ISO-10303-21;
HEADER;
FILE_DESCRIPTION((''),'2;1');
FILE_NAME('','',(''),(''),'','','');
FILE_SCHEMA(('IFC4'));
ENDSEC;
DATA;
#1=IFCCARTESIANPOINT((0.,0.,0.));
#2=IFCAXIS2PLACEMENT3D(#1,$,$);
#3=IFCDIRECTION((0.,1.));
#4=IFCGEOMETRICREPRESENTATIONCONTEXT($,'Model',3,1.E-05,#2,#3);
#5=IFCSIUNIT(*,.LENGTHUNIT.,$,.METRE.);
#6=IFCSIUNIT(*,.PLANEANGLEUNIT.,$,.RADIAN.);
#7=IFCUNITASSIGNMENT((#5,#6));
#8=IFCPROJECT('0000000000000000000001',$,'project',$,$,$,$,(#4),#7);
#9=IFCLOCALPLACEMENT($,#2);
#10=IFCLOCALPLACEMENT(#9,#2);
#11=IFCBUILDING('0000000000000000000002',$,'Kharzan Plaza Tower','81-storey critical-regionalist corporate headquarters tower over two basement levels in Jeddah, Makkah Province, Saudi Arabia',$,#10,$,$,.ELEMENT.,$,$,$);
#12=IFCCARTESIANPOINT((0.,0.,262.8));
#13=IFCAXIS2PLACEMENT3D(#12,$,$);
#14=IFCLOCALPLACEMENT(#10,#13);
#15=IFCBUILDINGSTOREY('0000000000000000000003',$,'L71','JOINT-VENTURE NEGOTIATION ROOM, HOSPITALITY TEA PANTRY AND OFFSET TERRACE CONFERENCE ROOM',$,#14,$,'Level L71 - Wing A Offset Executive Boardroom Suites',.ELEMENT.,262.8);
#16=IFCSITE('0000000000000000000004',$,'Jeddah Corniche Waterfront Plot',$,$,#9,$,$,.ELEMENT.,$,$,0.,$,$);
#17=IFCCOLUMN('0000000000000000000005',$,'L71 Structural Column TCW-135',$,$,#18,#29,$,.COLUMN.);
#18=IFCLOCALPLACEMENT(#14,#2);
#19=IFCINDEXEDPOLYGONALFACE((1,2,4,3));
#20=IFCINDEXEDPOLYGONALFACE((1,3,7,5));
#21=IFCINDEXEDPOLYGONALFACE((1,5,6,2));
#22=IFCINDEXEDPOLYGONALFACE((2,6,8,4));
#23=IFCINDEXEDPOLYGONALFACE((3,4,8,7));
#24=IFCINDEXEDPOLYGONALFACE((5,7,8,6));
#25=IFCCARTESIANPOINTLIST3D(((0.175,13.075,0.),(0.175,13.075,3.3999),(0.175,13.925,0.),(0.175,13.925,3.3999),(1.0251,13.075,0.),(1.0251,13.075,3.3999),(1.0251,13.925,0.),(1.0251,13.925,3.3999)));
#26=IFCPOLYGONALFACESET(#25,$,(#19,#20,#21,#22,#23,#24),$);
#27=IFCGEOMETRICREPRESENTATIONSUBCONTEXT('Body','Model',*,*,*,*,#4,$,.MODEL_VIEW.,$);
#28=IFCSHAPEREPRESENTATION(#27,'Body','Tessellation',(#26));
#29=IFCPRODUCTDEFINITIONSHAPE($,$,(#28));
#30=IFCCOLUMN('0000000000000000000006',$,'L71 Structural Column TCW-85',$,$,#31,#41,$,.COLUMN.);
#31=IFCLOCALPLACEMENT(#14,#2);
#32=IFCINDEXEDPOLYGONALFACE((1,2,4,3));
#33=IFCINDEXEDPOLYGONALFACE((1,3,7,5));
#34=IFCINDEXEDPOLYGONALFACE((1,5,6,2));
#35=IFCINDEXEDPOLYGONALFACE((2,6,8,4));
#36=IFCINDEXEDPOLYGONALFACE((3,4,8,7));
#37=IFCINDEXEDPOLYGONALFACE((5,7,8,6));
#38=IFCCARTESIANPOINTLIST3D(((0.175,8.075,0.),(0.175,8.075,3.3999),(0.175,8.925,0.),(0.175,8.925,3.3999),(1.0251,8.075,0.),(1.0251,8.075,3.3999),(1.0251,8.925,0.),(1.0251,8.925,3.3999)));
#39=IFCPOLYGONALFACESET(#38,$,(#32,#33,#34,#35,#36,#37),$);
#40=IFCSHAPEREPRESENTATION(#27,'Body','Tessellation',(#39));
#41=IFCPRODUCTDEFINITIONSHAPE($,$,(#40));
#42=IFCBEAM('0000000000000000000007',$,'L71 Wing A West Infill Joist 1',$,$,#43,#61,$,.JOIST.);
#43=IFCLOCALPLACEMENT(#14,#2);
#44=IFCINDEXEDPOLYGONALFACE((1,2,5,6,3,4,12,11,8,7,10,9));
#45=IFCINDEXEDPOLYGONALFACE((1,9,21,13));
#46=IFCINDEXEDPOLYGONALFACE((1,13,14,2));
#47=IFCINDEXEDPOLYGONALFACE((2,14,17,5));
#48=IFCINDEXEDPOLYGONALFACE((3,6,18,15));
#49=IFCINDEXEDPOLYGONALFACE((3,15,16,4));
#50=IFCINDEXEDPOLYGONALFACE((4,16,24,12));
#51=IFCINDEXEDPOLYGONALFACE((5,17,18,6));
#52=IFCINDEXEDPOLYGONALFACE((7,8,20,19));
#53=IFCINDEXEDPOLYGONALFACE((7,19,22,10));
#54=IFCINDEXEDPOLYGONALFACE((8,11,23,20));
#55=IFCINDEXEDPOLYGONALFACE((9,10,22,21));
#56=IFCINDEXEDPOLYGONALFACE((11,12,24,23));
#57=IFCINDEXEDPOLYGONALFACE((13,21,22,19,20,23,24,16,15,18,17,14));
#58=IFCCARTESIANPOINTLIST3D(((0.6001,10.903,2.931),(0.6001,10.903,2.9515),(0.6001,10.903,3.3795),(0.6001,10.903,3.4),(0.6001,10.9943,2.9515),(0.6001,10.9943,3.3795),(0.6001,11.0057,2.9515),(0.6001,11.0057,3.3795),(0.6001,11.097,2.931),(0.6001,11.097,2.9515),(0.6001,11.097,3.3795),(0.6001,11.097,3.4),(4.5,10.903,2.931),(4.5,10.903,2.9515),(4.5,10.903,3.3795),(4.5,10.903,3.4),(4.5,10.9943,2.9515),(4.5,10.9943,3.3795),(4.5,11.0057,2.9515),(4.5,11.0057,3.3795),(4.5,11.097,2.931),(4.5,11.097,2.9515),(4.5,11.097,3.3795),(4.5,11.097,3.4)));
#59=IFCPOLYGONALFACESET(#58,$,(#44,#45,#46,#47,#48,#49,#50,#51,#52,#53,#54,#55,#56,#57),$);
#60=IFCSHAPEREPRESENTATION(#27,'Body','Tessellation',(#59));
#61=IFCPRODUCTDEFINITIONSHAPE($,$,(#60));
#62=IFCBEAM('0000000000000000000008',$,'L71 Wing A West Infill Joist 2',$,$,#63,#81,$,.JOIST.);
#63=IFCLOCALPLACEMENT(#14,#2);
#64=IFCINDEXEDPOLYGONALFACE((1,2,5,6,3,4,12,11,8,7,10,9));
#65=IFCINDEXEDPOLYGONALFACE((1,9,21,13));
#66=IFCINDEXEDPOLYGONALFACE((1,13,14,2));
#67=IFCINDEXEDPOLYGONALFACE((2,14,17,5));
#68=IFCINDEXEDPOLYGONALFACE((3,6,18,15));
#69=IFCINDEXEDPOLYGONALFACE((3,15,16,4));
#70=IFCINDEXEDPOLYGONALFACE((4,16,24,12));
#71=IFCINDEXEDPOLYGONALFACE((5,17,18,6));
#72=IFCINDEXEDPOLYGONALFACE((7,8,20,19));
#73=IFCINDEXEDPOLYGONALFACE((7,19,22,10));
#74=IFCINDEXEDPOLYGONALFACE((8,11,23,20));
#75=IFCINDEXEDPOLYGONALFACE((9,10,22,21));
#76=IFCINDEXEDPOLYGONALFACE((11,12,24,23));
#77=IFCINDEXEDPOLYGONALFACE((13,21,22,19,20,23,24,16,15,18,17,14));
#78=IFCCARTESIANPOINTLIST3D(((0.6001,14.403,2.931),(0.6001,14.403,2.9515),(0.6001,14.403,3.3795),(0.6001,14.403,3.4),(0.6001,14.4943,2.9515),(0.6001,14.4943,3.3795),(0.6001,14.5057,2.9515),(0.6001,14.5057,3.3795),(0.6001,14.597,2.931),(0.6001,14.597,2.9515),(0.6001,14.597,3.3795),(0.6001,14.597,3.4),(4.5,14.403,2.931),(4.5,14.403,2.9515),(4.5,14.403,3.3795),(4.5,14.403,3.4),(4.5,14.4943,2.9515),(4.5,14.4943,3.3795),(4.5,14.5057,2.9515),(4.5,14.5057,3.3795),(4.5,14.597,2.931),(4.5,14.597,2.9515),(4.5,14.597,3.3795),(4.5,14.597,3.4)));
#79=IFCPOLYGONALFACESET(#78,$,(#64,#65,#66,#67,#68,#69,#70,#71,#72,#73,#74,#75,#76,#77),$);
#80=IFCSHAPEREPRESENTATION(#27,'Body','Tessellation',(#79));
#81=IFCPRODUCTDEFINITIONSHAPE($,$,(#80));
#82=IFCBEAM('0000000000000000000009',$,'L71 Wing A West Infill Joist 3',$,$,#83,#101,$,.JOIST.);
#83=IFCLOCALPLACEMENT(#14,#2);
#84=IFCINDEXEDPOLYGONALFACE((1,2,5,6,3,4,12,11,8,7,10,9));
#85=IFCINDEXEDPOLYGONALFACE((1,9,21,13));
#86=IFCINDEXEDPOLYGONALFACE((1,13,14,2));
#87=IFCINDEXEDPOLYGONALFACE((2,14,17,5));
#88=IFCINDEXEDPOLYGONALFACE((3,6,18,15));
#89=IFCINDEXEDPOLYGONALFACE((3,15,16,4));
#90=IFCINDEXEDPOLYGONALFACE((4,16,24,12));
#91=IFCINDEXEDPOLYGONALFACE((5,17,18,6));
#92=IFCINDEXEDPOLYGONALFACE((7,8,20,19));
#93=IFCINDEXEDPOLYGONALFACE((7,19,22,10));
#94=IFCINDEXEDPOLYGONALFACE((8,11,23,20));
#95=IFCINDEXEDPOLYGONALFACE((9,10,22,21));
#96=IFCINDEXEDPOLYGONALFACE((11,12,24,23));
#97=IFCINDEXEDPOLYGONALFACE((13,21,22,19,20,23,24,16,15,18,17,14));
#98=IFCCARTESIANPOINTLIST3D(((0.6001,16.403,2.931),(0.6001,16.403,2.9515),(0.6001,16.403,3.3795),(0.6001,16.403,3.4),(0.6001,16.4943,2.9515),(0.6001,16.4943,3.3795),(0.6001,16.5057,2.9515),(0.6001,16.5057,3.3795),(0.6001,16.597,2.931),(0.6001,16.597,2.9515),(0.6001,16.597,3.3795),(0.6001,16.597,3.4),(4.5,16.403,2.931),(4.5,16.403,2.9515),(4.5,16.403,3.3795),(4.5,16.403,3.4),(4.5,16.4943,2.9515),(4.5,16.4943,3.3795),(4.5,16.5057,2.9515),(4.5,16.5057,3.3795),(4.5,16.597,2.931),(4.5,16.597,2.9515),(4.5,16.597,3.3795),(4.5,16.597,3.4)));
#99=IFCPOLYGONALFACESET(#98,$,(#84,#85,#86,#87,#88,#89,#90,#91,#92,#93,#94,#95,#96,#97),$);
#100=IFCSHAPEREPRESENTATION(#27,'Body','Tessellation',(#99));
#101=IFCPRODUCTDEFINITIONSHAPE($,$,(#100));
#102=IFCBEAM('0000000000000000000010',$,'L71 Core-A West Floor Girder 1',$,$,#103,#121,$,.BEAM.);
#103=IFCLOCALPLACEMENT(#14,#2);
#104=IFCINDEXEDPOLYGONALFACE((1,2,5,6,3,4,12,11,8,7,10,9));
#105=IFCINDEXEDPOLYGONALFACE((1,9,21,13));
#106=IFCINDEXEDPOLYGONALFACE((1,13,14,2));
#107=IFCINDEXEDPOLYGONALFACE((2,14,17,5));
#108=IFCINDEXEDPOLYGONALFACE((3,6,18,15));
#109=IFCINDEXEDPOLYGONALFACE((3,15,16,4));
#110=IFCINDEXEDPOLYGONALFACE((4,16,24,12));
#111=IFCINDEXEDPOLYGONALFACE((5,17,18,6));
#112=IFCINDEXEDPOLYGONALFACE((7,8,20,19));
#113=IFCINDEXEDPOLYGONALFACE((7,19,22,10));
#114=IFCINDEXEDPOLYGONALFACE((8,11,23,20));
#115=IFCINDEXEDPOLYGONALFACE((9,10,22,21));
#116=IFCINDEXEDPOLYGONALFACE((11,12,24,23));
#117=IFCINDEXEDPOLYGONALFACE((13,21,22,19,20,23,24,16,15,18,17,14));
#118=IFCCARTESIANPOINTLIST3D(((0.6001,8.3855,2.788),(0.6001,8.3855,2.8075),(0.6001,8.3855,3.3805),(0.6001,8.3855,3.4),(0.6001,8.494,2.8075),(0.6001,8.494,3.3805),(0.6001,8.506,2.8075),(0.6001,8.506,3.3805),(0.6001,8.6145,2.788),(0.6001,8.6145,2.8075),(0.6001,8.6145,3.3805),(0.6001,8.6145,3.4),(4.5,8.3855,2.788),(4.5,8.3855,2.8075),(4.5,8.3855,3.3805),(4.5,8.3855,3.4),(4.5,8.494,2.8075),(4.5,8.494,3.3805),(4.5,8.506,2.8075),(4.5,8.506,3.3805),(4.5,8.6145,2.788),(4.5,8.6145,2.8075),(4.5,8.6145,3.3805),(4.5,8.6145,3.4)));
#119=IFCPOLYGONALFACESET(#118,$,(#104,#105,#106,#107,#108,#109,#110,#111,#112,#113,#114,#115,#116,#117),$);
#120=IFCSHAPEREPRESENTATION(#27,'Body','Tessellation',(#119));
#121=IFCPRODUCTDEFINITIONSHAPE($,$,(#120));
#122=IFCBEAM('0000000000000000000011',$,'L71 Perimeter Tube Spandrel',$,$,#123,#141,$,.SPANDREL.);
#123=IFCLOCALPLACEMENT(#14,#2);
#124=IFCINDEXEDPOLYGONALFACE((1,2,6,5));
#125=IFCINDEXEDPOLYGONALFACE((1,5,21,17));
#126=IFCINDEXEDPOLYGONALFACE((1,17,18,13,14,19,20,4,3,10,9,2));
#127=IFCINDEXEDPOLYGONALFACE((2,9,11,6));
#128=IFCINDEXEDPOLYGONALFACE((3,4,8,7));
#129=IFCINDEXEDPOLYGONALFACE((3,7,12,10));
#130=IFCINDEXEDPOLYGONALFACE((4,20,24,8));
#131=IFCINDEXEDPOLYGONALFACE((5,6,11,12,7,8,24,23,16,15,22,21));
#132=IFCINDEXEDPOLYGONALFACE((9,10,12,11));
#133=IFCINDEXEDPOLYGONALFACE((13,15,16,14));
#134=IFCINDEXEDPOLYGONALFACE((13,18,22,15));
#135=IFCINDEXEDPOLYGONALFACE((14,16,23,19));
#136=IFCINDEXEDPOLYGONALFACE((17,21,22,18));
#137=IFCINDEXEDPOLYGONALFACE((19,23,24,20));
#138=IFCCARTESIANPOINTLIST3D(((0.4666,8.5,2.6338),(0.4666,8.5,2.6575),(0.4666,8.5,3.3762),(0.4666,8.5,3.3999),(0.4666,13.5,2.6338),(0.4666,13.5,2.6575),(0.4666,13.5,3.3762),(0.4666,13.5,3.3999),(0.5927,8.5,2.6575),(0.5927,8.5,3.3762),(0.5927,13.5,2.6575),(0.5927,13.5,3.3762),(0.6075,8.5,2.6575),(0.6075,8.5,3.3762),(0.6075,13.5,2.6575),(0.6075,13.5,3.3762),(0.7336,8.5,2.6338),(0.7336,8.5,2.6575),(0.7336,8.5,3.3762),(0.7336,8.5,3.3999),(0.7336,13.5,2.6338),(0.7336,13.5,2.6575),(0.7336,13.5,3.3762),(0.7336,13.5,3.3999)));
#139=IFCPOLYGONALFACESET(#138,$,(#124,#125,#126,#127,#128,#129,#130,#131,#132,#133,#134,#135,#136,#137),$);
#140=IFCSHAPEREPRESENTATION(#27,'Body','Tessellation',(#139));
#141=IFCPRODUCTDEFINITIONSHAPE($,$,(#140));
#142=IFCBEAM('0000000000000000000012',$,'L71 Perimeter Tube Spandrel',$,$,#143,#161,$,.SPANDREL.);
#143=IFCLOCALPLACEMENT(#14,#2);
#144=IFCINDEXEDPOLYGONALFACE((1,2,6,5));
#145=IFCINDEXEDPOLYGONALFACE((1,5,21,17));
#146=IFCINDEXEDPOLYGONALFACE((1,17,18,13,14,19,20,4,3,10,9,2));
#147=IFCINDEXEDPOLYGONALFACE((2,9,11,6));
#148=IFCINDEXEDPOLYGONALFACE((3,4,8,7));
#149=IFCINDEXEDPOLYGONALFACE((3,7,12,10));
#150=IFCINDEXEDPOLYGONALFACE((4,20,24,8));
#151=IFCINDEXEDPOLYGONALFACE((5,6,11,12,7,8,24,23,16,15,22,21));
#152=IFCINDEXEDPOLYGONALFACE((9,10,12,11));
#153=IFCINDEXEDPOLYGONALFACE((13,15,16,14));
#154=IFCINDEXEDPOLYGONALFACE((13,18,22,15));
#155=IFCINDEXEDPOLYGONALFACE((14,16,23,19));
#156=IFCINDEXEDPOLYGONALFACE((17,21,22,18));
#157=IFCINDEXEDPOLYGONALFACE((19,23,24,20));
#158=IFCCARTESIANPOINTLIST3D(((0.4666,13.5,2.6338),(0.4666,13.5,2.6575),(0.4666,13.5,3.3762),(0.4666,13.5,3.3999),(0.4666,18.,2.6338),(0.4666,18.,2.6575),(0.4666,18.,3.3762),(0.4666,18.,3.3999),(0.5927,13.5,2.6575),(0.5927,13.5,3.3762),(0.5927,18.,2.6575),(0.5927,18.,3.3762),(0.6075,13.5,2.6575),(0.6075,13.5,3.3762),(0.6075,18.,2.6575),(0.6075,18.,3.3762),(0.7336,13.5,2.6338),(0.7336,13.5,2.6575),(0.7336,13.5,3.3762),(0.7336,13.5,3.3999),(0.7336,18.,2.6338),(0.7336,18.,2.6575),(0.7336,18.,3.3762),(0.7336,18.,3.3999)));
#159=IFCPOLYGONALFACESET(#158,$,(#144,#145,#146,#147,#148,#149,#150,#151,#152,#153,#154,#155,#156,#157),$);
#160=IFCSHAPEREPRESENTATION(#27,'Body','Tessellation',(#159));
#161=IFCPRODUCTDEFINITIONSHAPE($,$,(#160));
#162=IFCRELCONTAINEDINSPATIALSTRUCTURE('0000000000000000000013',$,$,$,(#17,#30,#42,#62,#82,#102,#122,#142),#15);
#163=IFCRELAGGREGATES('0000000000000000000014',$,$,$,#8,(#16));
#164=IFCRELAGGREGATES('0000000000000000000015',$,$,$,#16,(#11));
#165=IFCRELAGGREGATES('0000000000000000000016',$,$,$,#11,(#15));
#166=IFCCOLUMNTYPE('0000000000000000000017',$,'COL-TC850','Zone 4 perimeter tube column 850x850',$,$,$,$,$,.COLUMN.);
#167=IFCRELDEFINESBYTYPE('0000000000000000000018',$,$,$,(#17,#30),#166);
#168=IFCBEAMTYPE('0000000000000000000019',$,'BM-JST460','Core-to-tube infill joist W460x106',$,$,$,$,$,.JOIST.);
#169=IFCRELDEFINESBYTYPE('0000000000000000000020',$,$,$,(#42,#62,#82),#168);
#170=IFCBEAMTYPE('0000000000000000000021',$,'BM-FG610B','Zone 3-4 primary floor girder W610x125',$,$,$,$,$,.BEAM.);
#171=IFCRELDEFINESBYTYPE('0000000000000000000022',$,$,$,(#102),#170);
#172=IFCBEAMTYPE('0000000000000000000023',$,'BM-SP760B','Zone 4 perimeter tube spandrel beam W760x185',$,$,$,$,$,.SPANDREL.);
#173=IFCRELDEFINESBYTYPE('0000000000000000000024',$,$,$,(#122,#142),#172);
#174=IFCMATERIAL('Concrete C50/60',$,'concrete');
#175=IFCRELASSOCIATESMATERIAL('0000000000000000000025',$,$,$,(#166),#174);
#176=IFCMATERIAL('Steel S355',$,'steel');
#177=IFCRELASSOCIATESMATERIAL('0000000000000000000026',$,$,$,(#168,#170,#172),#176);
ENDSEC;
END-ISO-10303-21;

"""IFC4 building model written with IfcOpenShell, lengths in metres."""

from ifc_helpers import new_model, si_unit, direction, frame, origin, origin_2d, place, context, subcontext, project, spatial, rectangle, i_section, extrude, source, transform, mapped, material, material_profile, profile_set, type_object, element, save


model = new_model("IFC4")

# Units and contexts
model_context = context("Model", 3, precision=1e-05, world=origin(), true_north=direction((0.0, 1.0)))
body_context = subcontext(model_context, "Body", "Model", "MODEL_VIEW")
ifc_project = project(units=[si_unit("LENGTHUNIT", "METRE"), si_unit("PLANEANGLEUNIT", "RADIAN")], contexts=[model_context])

# Site, building, storey
site_placement = place(None, origin())
site = spatial("IfcSite", under=ifc_project, at=site_placement, Name="Jeddah Corniche Waterfront Plot", CompositionType="ELEMENT", RefElevation=0.0)
building_placement = place(site_placement, origin())
building = spatial("IfcBuilding", under=site, at=building_placement, Name="Kharzan Plaza Tower", Description="81-storey critical-regionalist corporate headquarters tower over two basement levels in Jeddah, Makkah Province, Saudi Arabia", CompositionType="ELEMENT")
storey_placement = place(building_placement, frame((0.0, 0.0, 262.8)))
storey = spatial("IfcBuildingStorey", under=building, at=storey_placement, Name="L71", Description="JOINT-VENTURE NEGOTIATION ROOM, HOSPITALITY TEA PANTRY AND OFFSET TERRACE CONFERENCE ROOM", LongName="Level L71 - Wing A Offset Executive Boardroom Suites", CompositionType="ELEMENT", Elevation=262.8)

# Columns
ifc_material_1 = material(Name="Concrete C50/60", Category="concrete")
ifc_material_profile_1 = material_profile(ifc_material_1, rectangle(XDim=0.8501, YDim=0.8501, at=origin_2d()), Name="RC-TC850x850")
ifc_profile_set_1 = profile_set([ifc_material_profile_1], Name="Concrete C50/60")
column_type = type_object("IfcColumnType", Name="COL-TC850", Description="Zone 4 perimeter tube column 850x850", PredefinedType="COLUMN", material=ifc_profile_set_1)
shared_shape_1 = source(origin(), body_context, "Body", "SweptSolid", [
    extrude(rectangle(XDim=0.8501, YDim=0.8501, at=origin_2d()), origin(), (0.0, 0.0, 1.0), 3.3999),
])
for number, where, z_axis, x_axis, name in (
    (1, (0.6001, 13.5, 0.0), (0.0, 0.0, 1.0), (1.0, 0.0, 0.0), "L71 Structural Column TCW-135"),
    (2, (0.6001, 8.5, 0.0), (0.0, 0.0, 1.0), (1.0, 0.0, 0.0), "L71 Structural Column TCW-85"),
):
    element("IfcColumn", number, at=place(storey_placement, frame(where, z_axis=z_axis, x_axis=x_axis)), inside=storey, type_object=column_type, Name=name, PredefinedType="COLUMN", context=body_context, shape_type="MappedRepresentation", body=[
        mapped(shared_shape_1, transform((0.0, 0.0, 0.0), x_axis=(1.0, 0.0, 0.0), y_axis=(0.0, 1.0, 0.0), z_axis=(0.0, 0.0, 1.0))),
    ])

# Beams
ifc_material_2 = material(Name="Steel S355", Category="steel")
ifc_material_profile_2 = material_profile(ifc_material_2, i_section(OverallWidth=0.1941, OverallDepth=0.469, WebThickness=0.0115, FlangeThickness=0.0205, at=origin_2d()), Name="W460x106")
ifc_profile_set_2 = profile_set([ifc_material_profile_2], Name="Steel S355")
beam_type_1 = type_object("IfcBeamType", Name="BM-JST460", Description="Core-to-tube infill joist W460x106", PredefinedType="JOIST", material=ifc_profile_set_2)
shared_shape_2 = source(origin(), body_context, "Body", "SweptSolid", [
    extrude(i_section(OverallWidth=0.1941, OverallDepth=0.469, WebThickness=0.0115, FlangeThickness=0.0205, at=origin_2d()), origin(), (0.0, 0.0, 1.0), 3.8999),
])
for number, where, z_axis, x_axis, name in (
    (3, (0.6001, 11.0, 3.1655), (1.0, 0.0, 0.0), (0.0, 1.0, 0.0), "L71 Wing A West Infill Joist 1"),
    (4, (0.6001, 14.5, 3.1655), (1.0, 0.0, 0.0), (0.0, 1.0, 0.0), "L71 Wing A West Infill Joist 2"),
    (5, (0.6001, 16.5, 3.1655), (1.0, 0.0, 0.0), (0.0, 1.0, 0.0), "L71 Wing A West Infill Joist 3"),
):
    element("IfcBeam", number, at=place(storey_placement, frame(where, z_axis=z_axis, x_axis=x_axis)), inside=storey, type_object=beam_type_1, Name=name, PredefinedType="JOIST", context=body_context, shape_type="MappedRepresentation", body=[
        mapped(shared_shape_2, transform((0.0, 0.0, 0.0), x_axis=(1.0, 0.0, 0.0), y_axis=(0.0, 1.0, 0.0), z_axis=(0.0, 0.0, 1.0))),
    ])
ifc_material_profile_3 = material_profile(ifc_material_2, i_section(OverallWidth=0.229, OverallDepth=0.6121, WebThickness=0.012, FlangeThickness=0.0195, at=origin_2d()), Name="W610x125")
ifc_profile_set_3 = profile_set([ifc_material_profile_3], Name="Steel S355")
beam_type_2 = type_object("IfcBeamType", Name="BM-FG610B", Description="Zone 3-4 primary floor girder W610x125", PredefinedType="BEAM", material=ifc_profile_set_3)
shared_shape_3 = source(origin(), body_context, "Body", "SweptSolid", [
    extrude(i_section(OverallWidth=0.229, OverallDepth=0.6121, WebThickness=0.012, FlangeThickness=0.0195, at=origin_2d()), origin(), (0.0, 0.0, 1.0), 3.8999),
])
beam_1_placement = place(storey_placement, frame((0.6001, 8.5, 3.094), z_axis=(1.0, 0.0, 0.0), x_axis=(0.0, 1.0, 0.0)))
element("IfcBeam", 6, at=beam_1_placement, inside=storey, type_object=beam_type_2, Name="L71 Core-A West Floor Girder 1", PredefinedType="BEAM", context=body_context, shape_type="MappedRepresentation", body=[
    mapped(shared_shape_3, transform((0.0, 0.0, 0.0), x_axis=(1.0, 0.0, 0.0), y_axis=(0.0, 1.0, 0.0), z_axis=(0.0, 0.0, 1.0))),
])
ifc_material_profile_4 = material_profile(ifc_material_2, i_section(OverallWidth=0.2671, OverallDepth=0.7661, WebThickness=0.0149, FlangeThickness=0.0237, at=origin_2d()), Name="W760x185")
ifc_profile_set_4 = profile_set([ifc_material_profile_4], Name="Steel S355")
beam_type_3 = type_object("IfcBeamType", Name="BM-SP760B", Description="Zone 4 perimeter tube spandrel beam W760x185", PredefinedType="SPANDREL", material=ifc_profile_set_4)
shared_shape_4 = source(origin(), body_context, "Body", "SweptSolid", [
    extrude(i_section(OverallWidth=0.2671, OverallDepth=0.7661, WebThickness=0.0149, FlangeThickness=0.0237, at=origin_2d()), origin(), (0.0, 0.0, 1.0), 5.0),
])
beam_2_placement = place(storey_placement, frame((0.6001, 8.5, 3.0168), z_axis=(0.0, 1.0, 0.0), x_axis=(-1.0, 0.0, 0.0)))
element("IfcBeam", 7, at=beam_2_placement, inside=storey, type_object=beam_type_3, Name="L71 Perimeter Tube Spandrel", PredefinedType="SPANDREL", context=body_context, shape_type="MappedRepresentation", body=[
    mapped(shared_shape_4, transform((0.0, 0.0, 0.0), x_axis=(1.0, 0.0, 0.0), y_axis=(0.0, 1.0, 0.0), z_axis=(0.0, 0.0, 1.0))),
])
shared_shape_5 = source(origin(), body_context, "Body", "SweptSolid", [
    extrude(i_section(OverallWidth=0.2671, OverallDepth=0.7661, WebThickness=0.0149, FlangeThickness=0.0237, at=origin_2d()), origin(), (0.0, 0.0, 1.0), 4.5),
])
beam_3_placement = place(storey_placement, frame((0.6001, 13.5, 3.0168), z_axis=(0.0, 1.0, 0.0), x_axis=(-1.0, 0.0, 0.0)))
element("IfcBeam", 8, at=beam_3_placement, inside=storey, type_object=beam_type_3, Name="L71 Perimeter Tube Spandrel", PredefinedType="SPANDREL", context=body_context, shape_type="MappedRepresentation", body=[
    mapped(shared_shape_5, transform((0.0, 0.0, 0.0), x_axis=(1.0, 0.0, 0.0), y_axis=(0.0, 1.0, 0.0), z_axis=(0.0, 0.0, 1.0))),
])

save(model, "model.ifc")
